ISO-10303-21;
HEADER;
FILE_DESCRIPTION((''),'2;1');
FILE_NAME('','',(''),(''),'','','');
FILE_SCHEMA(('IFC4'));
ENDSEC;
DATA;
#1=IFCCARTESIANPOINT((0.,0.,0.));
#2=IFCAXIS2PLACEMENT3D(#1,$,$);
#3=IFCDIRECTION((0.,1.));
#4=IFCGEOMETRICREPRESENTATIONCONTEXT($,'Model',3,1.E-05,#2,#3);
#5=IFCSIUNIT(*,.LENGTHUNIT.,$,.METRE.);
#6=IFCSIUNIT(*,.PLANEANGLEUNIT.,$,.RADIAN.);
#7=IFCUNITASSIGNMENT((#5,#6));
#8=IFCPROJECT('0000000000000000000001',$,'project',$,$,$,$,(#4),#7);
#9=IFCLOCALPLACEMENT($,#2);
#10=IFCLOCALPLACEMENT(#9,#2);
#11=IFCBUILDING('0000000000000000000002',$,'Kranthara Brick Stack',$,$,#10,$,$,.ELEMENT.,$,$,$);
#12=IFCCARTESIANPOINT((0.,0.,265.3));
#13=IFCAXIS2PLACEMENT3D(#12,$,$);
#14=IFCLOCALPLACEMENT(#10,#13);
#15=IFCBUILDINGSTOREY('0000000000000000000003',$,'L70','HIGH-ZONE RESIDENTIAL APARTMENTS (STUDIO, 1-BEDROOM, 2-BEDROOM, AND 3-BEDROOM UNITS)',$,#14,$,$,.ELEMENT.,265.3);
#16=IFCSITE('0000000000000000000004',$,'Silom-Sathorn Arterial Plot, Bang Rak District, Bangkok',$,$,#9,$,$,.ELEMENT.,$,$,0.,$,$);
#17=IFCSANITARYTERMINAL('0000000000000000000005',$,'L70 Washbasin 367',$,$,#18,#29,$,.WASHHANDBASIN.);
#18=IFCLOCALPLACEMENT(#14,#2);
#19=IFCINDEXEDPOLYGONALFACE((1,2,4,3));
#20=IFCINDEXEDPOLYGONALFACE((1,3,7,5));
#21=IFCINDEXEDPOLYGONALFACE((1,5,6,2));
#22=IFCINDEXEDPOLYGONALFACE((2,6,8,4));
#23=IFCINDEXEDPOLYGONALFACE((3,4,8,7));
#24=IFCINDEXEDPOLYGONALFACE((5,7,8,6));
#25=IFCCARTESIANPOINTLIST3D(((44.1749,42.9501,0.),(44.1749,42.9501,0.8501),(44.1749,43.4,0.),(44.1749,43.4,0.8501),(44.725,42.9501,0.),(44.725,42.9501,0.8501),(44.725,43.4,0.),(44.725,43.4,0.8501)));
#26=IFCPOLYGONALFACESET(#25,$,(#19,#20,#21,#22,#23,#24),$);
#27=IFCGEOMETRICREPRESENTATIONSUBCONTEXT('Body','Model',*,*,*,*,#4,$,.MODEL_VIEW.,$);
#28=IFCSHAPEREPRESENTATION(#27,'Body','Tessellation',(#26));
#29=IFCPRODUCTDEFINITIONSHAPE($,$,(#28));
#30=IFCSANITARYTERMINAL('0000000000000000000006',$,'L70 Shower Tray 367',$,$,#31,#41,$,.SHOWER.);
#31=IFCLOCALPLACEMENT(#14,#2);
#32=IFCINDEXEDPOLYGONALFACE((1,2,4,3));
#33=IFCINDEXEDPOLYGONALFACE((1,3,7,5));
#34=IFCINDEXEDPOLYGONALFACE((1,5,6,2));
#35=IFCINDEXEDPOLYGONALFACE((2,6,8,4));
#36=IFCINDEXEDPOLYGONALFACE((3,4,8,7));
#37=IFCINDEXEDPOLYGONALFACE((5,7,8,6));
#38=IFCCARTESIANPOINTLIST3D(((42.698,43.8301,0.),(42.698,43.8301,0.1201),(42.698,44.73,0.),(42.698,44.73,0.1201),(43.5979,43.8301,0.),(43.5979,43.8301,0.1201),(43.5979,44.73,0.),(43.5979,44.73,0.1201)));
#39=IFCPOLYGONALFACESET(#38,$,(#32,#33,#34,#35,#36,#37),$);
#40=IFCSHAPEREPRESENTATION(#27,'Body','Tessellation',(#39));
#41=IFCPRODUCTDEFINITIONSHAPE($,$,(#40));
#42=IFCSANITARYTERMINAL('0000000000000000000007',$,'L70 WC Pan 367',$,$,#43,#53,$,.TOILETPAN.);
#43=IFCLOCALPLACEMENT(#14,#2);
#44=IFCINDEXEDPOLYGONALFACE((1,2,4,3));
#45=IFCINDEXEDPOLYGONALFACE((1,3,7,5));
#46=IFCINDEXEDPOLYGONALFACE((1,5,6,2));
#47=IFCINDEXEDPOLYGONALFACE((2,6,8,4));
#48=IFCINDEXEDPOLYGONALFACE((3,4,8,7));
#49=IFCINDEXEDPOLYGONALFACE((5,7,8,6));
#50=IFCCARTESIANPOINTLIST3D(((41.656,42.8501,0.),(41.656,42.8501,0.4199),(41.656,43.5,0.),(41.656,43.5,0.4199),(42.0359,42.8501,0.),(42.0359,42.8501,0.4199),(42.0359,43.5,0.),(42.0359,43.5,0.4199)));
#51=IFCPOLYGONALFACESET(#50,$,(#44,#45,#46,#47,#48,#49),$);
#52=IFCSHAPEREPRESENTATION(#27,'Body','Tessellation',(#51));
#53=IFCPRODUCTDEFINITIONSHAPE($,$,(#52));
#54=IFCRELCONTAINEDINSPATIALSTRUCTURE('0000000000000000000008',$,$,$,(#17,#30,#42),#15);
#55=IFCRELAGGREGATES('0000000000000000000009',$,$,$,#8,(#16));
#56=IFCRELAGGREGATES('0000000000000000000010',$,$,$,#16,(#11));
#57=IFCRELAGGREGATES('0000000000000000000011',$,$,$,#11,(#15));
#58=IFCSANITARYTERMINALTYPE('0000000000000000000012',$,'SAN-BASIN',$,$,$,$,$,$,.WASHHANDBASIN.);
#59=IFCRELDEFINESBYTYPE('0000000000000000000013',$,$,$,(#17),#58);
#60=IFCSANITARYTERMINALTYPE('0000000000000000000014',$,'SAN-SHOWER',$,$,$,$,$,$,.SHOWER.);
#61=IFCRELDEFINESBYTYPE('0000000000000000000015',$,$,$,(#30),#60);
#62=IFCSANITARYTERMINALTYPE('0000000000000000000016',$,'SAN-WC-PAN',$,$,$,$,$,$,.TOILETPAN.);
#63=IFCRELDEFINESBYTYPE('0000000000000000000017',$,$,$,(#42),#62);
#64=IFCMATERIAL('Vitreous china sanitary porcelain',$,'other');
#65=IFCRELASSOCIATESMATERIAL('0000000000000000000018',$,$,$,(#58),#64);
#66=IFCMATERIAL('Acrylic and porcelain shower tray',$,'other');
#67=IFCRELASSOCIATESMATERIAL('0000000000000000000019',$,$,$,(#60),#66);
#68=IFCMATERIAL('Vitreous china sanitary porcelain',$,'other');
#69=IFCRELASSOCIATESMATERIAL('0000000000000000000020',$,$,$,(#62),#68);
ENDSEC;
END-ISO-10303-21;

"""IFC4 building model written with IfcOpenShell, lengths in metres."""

from ifc_helpers import new_model, si_unit, direction, frame, origin, origin_2d, place, context, subcontext, project, spatial, rectangle, extrude, material, type_object, element, save


model = new_model("IFC4")

# Units and contexts
model_context = context("Model", 3, precision=1e-05, world=origin(), true_north=direction((0.0, 1.0)))
body_context = subcontext(model_context, "Body", "Model", "MODEL_VIEW")
ifc_project = project(units=[si_unit("LENGTHUNIT", "METRE"), si_unit("PLANEANGLEUNIT", "RADIAN")], contexts=[model_context])

# Site, building, storey
site_placement = place(None, origin())
site = spatial("IfcSite", under=ifc_project, at=site_placement, Name="Silom-Sathorn Arterial Plot, Bang Rak District, Bangkok", CompositionType="ELEMENT", RefElevation=0.0)
building_placement = place(site_placement, origin())
building = spatial("IfcBuilding", under=site, at=building_placement, Name="Kranthara Brick Stack", CompositionType="ELEMENT")
storey_placement = place(building_placement, frame((0.0, 0.0, 265.3)))
storey = spatial("IfcBuildingStorey", under=building, at=storey_placement, Name="L70", Description="HIGH-ZONE RESIDENTIAL APARTMENTS (STUDIO, 1-BEDROOM, 2-BEDROOM, AND 3-BEDROOM UNITS)", CompositionType="ELEMENT", Elevation=265.3)

# Sanitary terminals
ifc_material_1 = material(Name="Vitreous china sanitary porcelain", Category="other")
sanitary_terminal_type_1 = type_object("IfcSanitaryTerminalType", Name="SAN-BASIN", PredefinedType="WASHHANDBASIN", material=ifc_material_1)
sanitary_terminal_1_placement = place(storey_placement, frame((44.45, 43.175, 0.0), z_axis=(0.0, 0.0, 1.0), x_axis=(1.0, 0.0, 0.0)))
element("IfcSanitaryTerminal", 1, at=sanitary_terminal_1_placement, inside=storey, type_object=sanitary_terminal_type_1, Name="L70 Washbasin 367", PredefinedType="WASHHANDBASIN", context=body_context, shape_type="SweptSolid", body=[
    extrude(rectangle(XDim=0.55, YDim=0.45, at=origin_2d()), origin(), (0.0, 0.0, 1.0), 0.8501),
])
ifc_material_2 = material(Name="Acrylic and porcelain shower tray", Category="other")
sanitary_terminal_type_2 = type_object("IfcSanitaryTerminalType", Name="SAN-SHOWER", PredefinedType="SHOWER", material=ifc_material_2)
sanitary_terminal_2_placement = place(storey_placement, frame((43.1479, 44.28, 0.0), z_axis=(0.0, 0.0, 1.0), x_axis=(1.0, 0.0, 0.0)))
element("IfcSanitaryTerminal", 2, at=sanitary_terminal_2_placement, inside=storey, type_object=sanitary_terminal_type_2, Name="L70 Shower Tray 367", PredefinedType="SHOWER", context=body_context, shape_type="SweptSolid", body=[
    extrude(rectangle(XDim=0.8999, YDim=0.8999, at=origin_2d()), origin(), (0.0, 0.0, 1.0), 0.1201),
])
ifc_material_3 = material(Name="Vitreous china sanitary porcelain", Category="other")
sanitary_terminal_type_3 = type_object("IfcSanitaryTerminalType", Name="SAN-WC-PAN", PredefinedType="TOILETPAN", material=ifc_material_3)
sanitary_terminal_3_placement = place(storey_placement, frame((41.8459, 43.175, 0.0), z_axis=(0.0, 0.0, 1.0), x_axis=(1.0, 0.0, 0.0)))
element("IfcSanitaryTerminal", 3, at=sanitary_terminal_3_placement, inside=storey, type_object=sanitary_terminal_type_3, Name="L70 WC Pan 367", PredefinedType="TOILETPAN", context=body_context, shape_type="SweptSolid", body=[
    extrude(rectangle(XDim=0.3799, YDim=0.6499, at=origin_2d()), origin(), (0.0, 0.0, 1.0), 0.4199),
])

save(model, "model.ifc")
